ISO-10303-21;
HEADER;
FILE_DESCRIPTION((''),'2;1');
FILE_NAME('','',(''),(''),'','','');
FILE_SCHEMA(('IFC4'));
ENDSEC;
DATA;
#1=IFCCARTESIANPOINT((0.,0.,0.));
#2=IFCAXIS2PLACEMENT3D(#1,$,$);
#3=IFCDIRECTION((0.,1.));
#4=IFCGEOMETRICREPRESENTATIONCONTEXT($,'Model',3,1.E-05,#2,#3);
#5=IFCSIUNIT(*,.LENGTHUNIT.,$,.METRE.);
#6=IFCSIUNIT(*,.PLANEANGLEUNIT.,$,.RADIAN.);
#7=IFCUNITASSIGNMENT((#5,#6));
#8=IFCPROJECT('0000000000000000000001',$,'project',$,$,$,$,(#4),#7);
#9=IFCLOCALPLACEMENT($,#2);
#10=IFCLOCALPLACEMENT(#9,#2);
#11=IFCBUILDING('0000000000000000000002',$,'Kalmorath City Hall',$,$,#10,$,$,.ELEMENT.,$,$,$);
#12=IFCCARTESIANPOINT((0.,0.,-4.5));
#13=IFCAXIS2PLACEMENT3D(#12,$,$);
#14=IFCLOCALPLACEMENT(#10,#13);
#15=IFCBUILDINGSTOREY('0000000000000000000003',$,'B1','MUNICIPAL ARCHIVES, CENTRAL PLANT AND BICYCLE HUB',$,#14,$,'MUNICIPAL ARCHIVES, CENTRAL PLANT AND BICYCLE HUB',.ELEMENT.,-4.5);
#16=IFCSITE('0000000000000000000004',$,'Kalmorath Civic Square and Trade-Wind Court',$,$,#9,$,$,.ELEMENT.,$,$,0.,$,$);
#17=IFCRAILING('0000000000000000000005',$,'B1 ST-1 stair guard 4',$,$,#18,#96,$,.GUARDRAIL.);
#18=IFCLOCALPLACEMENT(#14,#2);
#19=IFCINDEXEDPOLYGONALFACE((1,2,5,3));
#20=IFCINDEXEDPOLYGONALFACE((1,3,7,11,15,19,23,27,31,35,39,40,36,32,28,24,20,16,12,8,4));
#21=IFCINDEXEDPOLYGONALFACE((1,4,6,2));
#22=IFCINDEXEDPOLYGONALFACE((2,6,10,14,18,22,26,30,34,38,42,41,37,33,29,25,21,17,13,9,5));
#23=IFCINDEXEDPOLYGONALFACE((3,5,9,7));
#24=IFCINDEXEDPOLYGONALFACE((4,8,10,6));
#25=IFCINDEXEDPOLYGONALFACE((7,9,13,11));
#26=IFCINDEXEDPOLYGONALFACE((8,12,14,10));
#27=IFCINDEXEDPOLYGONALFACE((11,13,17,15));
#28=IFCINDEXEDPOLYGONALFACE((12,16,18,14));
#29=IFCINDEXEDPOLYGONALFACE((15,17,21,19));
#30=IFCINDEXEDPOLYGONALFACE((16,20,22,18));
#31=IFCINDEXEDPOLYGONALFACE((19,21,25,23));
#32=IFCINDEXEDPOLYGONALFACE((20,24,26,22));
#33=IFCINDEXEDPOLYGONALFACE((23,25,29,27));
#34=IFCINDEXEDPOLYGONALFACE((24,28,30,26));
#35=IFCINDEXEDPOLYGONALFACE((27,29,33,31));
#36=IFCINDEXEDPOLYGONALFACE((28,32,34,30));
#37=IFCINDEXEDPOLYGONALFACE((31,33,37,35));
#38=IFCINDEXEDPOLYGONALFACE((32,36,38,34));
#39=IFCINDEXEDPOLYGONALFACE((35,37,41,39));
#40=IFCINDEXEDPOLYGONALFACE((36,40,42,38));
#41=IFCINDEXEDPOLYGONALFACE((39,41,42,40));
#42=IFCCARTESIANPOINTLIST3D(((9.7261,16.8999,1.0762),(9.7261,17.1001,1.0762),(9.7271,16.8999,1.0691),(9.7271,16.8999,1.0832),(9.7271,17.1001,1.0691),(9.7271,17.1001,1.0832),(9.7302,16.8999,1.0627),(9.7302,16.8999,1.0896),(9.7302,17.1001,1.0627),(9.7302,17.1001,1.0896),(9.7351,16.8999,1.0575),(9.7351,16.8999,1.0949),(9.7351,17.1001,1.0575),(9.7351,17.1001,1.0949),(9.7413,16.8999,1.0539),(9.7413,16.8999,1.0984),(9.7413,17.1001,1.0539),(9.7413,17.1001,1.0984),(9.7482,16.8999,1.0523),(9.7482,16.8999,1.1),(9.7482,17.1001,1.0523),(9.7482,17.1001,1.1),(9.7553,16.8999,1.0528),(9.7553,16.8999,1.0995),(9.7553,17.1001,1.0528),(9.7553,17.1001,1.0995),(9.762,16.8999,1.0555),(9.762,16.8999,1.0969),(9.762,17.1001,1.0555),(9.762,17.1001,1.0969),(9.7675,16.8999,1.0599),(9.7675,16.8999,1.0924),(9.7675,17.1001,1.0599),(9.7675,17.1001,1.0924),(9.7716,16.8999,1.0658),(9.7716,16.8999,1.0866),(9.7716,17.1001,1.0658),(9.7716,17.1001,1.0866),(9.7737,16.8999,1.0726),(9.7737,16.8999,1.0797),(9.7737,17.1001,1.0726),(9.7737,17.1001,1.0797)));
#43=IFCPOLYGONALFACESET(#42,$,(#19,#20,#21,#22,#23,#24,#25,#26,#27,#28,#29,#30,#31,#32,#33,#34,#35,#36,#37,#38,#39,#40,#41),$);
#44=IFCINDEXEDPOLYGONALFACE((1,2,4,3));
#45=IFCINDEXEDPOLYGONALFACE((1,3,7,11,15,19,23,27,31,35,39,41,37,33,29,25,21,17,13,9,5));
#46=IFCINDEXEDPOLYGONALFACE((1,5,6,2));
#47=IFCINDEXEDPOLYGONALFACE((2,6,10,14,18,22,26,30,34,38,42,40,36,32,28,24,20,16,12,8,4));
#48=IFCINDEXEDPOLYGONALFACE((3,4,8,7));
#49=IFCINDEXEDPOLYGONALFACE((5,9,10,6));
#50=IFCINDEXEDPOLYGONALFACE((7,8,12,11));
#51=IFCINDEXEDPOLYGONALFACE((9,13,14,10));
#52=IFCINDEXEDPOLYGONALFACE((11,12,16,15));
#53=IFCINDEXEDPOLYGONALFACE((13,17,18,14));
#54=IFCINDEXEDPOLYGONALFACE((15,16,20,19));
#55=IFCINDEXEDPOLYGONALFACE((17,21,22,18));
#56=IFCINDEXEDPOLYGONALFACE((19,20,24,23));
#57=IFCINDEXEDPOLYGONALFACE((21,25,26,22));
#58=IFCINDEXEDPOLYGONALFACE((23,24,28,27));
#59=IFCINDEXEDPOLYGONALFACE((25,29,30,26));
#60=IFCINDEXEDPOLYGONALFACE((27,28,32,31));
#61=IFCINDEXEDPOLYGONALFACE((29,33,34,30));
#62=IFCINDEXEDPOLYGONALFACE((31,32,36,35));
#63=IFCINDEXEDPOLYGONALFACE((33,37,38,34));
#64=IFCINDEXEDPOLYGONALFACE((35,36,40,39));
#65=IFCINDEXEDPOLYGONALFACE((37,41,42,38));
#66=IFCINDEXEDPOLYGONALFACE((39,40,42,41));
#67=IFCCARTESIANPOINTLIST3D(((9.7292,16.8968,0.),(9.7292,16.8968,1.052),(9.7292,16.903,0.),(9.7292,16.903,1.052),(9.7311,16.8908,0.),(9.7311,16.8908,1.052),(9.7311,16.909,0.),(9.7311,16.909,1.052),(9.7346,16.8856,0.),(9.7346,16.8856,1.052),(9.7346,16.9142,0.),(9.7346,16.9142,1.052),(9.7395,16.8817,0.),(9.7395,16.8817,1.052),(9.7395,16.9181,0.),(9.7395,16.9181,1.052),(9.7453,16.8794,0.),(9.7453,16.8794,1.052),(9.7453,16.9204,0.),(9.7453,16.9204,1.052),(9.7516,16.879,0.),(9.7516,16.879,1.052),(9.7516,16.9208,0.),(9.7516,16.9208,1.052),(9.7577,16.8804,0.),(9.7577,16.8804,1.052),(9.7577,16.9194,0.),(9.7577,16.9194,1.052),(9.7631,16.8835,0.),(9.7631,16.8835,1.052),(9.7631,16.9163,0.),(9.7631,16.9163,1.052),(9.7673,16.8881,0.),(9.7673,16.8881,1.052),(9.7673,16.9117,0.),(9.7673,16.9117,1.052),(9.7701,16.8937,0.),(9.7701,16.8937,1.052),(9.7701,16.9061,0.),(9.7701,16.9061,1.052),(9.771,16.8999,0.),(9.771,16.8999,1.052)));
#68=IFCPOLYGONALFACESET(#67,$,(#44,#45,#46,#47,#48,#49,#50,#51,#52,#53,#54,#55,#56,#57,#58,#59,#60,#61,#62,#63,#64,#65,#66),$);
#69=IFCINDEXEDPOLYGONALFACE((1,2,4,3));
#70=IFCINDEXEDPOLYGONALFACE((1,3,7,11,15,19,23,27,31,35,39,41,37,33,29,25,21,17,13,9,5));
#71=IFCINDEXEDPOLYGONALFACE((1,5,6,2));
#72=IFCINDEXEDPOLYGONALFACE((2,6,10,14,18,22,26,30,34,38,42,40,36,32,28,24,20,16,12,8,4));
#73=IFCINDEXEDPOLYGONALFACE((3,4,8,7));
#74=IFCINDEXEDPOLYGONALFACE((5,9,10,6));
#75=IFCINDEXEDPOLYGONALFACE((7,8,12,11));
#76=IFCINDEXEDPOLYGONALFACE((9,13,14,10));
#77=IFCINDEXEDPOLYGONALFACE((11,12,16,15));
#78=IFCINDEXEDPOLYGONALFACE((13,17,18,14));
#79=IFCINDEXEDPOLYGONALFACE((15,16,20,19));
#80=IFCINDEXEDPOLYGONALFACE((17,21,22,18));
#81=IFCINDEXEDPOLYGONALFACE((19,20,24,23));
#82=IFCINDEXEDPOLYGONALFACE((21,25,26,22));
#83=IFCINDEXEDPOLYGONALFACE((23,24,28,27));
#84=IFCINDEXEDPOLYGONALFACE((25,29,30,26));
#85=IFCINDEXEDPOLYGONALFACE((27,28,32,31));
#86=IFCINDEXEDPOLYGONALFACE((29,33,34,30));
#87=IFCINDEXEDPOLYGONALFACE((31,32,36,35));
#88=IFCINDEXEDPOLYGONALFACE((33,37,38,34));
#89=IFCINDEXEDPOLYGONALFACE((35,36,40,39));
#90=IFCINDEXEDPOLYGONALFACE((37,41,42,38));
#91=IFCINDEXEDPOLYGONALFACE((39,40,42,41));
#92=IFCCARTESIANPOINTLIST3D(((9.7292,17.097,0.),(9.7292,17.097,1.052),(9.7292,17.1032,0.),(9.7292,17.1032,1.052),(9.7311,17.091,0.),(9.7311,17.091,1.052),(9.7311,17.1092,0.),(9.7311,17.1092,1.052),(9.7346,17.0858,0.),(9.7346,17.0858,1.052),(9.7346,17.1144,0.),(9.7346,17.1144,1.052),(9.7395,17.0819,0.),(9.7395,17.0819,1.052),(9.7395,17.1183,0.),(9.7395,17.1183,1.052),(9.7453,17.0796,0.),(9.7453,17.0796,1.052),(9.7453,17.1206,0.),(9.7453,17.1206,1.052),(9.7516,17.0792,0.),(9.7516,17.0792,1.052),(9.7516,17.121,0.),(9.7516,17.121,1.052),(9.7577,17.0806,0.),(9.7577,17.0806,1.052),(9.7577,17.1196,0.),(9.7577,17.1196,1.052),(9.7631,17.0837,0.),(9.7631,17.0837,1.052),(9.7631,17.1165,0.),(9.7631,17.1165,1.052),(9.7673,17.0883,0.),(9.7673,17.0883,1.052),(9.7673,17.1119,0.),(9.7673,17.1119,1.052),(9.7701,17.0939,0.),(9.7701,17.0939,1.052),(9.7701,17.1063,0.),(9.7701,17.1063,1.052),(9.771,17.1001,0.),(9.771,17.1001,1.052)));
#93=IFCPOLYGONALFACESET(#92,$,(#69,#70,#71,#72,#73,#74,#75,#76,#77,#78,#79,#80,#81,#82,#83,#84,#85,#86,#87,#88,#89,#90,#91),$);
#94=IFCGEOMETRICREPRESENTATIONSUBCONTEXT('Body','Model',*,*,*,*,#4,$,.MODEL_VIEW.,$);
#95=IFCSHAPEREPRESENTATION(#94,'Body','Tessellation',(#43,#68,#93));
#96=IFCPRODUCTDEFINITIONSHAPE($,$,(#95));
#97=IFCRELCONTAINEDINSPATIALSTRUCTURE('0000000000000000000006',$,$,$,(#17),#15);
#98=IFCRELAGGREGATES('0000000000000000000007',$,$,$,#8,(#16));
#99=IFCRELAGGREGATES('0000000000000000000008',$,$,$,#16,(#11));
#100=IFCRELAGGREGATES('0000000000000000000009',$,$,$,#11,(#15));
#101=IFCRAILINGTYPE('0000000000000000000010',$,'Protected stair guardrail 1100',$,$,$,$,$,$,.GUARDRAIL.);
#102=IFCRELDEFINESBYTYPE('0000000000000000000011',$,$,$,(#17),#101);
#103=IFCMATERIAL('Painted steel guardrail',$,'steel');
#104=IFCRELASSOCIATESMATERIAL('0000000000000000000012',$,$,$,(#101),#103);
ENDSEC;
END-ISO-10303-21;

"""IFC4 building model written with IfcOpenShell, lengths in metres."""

from ifc_helpers import new_model, si_unit, direction, frame, origin, origin_2d, place, context, subcontext, project, spatial, circle, extrude, material, type_object, element, save


model = new_model("IFC4")

# Units and contexts
model_context = context("Model", 3, precision=1e-05, world=origin(), true_north=direction((0.0, 1.0)))
body_context = subcontext(model_context, "Body", "Model", "MODEL_VIEW")
ifc_project = project(units=[si_unit("LENGTHUNIT", "METRE"), si_unit("PLANEANGLEUNIT", "RADIAN")], contexts=[model_context])

# Site, building, storey
site_placement = place(None, origin())
site = spatial("IfcSite", under=ifc_project, at=site_placement, Name="Kalmorath Civic Square and Trade-Wind Court", CompositionType="ELEMENT", RefElevation=0.0)
building_placement = place(site_placement, origin())
building = spatial("IfcBuilding", under=site, at=building_placement, Name="Kalmorath City Hall", CompositionType="ELEMENT")
storey_placement = place(building_placement, frame((0.0, 0.0, -4.5)))
storey = spatial("IfcBuildingStorey", under=building, at=storey_placement, Name="B1", Description="MUNICIPAL ARCHIVES, CENTRAL PLANT AND BICYCLE HUB", LongName="MUNICIPAL ARCHIVES, CENTRAL PLANT AND BICYCLE HUB", CompositionType="ELEMENT", Elevation=-4.5)

# Railing
ifc_material_1 = material(Name="Painted steel guardrail", Category="steel")
railing_type_1 = type_object("IfcRailingType", Name="Protected stair guardrail 1100", PredefinedType="GUARDRAIL", material=ifc_material_1)
railing_1_placement = place(storey_placement, frame((9.75, 16.8999, 0.0)))
element("IfcRailing", 1, at=railing_1_placement, inside=storey, type_object=railing_type_1, Name="B1 ST-1 stair guard 4", PredefinedType="GUARDRAIL", context=body_context, shape_type="SweptSolid", body=[
    extrude(circle(Radius=0.0239, at=origin_2d()), frame((0.0, 0.0, 1.0762), z_axis=(0.0, 1.0, 0.0), x_axis=(-1.0, 0.0, 0.0)), (0.0, 0.0, 1.0), 0.2002),
    extrude(circle(Radius=0.021, at=origin_2d()), origin(), (0.0, 0.0, 1.0), 1.052),
    extrude(circle(Radius=0.021, at=origin_2d()), frame((0.0, 0.2002, 0.0)), (0.0, 0.0, 1.0), 1.052),
])

save(model, "model.ifc")
